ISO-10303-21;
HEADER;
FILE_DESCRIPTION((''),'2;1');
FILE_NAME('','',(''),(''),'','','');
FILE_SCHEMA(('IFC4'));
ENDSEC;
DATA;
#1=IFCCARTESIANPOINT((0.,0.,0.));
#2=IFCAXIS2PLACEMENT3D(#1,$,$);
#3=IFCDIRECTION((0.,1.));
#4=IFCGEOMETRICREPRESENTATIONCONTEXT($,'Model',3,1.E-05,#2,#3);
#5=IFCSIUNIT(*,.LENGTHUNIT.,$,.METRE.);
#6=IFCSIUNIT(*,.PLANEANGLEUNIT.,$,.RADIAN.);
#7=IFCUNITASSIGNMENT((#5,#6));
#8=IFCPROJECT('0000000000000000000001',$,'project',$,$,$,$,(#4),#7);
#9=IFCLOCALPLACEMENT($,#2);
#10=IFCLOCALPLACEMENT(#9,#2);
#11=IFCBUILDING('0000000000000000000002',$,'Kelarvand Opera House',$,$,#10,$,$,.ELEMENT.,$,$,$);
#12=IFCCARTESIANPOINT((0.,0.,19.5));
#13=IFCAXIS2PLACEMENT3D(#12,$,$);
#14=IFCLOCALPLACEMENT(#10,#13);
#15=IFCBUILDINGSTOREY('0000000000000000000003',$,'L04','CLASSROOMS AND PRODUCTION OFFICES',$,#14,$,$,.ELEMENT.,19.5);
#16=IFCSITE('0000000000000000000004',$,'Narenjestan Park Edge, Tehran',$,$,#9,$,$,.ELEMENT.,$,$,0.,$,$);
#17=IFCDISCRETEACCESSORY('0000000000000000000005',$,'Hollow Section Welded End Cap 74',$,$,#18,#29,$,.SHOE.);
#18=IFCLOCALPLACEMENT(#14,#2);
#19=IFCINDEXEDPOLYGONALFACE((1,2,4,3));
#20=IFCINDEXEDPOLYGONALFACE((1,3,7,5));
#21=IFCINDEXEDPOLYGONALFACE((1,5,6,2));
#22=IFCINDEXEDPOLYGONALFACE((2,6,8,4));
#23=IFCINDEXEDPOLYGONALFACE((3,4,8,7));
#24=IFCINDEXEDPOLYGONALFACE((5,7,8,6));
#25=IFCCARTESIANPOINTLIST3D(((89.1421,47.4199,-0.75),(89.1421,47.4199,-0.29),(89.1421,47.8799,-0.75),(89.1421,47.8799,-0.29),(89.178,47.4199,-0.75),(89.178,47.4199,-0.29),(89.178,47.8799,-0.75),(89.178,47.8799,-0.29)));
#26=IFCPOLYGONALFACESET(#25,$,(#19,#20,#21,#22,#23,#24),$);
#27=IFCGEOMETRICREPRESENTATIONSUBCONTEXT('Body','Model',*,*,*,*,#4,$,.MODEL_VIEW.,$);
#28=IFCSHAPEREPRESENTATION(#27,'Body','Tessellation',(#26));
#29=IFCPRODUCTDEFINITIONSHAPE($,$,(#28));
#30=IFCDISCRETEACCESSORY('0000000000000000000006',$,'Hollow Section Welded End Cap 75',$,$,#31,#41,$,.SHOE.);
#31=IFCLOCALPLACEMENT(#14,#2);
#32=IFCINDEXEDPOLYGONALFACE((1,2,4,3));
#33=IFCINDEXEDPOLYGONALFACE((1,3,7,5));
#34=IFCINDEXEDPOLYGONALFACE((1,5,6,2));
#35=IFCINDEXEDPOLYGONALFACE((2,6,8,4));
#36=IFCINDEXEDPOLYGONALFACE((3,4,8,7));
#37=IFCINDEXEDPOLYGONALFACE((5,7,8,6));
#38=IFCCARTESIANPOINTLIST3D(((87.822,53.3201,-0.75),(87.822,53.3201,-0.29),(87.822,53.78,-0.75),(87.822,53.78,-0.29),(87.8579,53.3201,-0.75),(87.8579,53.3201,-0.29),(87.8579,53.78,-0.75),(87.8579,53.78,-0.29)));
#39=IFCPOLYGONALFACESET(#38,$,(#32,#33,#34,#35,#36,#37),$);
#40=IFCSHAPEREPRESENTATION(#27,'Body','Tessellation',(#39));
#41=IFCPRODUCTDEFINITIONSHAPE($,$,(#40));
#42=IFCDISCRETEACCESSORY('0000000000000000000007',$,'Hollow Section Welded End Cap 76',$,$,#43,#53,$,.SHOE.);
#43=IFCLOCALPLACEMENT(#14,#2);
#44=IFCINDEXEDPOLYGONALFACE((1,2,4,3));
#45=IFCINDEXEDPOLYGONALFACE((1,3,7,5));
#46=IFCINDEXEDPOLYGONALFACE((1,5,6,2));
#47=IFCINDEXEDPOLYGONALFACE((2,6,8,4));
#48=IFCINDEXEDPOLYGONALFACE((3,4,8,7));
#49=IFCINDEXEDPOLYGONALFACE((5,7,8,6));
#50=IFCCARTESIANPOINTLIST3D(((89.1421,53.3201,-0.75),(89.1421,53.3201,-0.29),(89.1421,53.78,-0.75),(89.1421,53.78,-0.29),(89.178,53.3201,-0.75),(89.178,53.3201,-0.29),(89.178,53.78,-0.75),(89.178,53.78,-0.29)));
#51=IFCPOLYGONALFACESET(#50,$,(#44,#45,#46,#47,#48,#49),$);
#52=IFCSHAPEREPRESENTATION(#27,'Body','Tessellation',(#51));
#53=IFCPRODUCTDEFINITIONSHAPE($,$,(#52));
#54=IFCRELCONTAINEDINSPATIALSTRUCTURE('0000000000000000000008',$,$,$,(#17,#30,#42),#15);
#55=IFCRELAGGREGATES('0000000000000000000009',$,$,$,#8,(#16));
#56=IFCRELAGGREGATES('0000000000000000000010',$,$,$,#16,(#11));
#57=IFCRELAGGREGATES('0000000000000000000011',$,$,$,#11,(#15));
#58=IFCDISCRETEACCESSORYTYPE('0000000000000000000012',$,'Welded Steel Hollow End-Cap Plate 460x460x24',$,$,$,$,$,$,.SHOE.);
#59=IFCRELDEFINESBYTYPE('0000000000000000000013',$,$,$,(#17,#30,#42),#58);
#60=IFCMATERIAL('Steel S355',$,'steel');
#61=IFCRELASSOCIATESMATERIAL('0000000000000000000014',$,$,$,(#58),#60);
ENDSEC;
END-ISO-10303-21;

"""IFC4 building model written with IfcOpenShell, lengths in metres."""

from ifc_helpers import new_model, si_unit, direction, frame, origin, origin_2d, place, context, subcontext, project, spatial, rectangle, extrude, material, material_profile, profile_set, type_object, element, save


model = new_model("IFC4")

# Units and contexts
model_context = context("Model", 3, precision=1e-05, world=origin(), true_north=direction((0.0, 1.0)))
body_context = subcontext(model_context, "Body", "Model", "MODEL_VIEW")
ifc_project = project(units=[si_unit("LENGTHUNIT", "METRE"), si_unit("PLANEANGLEUNIT", "RADIAN")], contexts=[model_context])

# Site, building, storey
site_placement = place(None, origin())
site = spatial("IfcSite", under=ifc_project, at=site_placement, Name="Narenjestan Park Edge, Tehran", CompositionType="ELEMENT", RefElevation=0.0)
building_placement = place(site_placement, origin())
building = spatial("IfcBuilding", under=site, at=building_placement, Name="Kelarvand Opera House", CompositionType="ELEMENT")
storey_placement = place(building_placement, frame((0.0, 0.0, 19.5)))
storey = spatial("IfcBuildingStorey", under=building, at=storey_placement, Name="L04", Description="CLASSROOMS AND PRODUCTION OFFICES", CompositionType="ELEMENT", Elevation=19.5)

# Discrete accessories
ifc_material_1 = material(Name="Steel S355", Category="steel")
ifc_material_profile_1 = material_profile(ifc_material_1, rectangle(XDim=0.46, YDim=0.46, at=origin_2d()), Name="Welded Steel Hollow End-Cap Plate 460x460x24", Category="steel")
ifc_profile_set_1 = profile_set([ifc_material_profile_1], Name="Steel S355")
discrete_accessory_type_1 = type_object("IfcDiscreteAccessoryType", Name="Welded Steel Hollow End-Cap Plate 460x460x24", PredefinedType="SHOE", material=ifc_profile_set_1)
for number, where, z_axis, x_axis, name in (
    (1, (89.1421, 47.6499, -0.52), (1.0, 0.0, 0.0), (0.0, 1.0, 0.0), "Hollow Section Welded End Cap 74"),
    (2, (87.8579, 53.55, -0.52), (-1.0, 0.0, 0.0), (0.0, -1.0, 0.0), "Hollow Section Welded End Cap 75"),
    (3, (89.1421, 53.55, -0.52), (1.0, 0.0, 0.0), (0.0, 1.0, 0.0), "Hollow Section Welded End Cap 76"),
):
    element("IfcDiscreteAccessory", number, at=place(storey_placement, frame(where, z_axis=z_axis, x_axis=x_axis)), inside=storey, type_object=discrete_accessory_type_1, Name=name, PredefinedType="SHOE", context=body_context, shape_type="SweptSolid", body=[
        extrude(rectangle(XDim=0.46, YDim=0.46, at=origin_2d()), origin(), (0.0, 0.0, 1.0), 0.0359),
    ])

save(model, "model.ifc")
